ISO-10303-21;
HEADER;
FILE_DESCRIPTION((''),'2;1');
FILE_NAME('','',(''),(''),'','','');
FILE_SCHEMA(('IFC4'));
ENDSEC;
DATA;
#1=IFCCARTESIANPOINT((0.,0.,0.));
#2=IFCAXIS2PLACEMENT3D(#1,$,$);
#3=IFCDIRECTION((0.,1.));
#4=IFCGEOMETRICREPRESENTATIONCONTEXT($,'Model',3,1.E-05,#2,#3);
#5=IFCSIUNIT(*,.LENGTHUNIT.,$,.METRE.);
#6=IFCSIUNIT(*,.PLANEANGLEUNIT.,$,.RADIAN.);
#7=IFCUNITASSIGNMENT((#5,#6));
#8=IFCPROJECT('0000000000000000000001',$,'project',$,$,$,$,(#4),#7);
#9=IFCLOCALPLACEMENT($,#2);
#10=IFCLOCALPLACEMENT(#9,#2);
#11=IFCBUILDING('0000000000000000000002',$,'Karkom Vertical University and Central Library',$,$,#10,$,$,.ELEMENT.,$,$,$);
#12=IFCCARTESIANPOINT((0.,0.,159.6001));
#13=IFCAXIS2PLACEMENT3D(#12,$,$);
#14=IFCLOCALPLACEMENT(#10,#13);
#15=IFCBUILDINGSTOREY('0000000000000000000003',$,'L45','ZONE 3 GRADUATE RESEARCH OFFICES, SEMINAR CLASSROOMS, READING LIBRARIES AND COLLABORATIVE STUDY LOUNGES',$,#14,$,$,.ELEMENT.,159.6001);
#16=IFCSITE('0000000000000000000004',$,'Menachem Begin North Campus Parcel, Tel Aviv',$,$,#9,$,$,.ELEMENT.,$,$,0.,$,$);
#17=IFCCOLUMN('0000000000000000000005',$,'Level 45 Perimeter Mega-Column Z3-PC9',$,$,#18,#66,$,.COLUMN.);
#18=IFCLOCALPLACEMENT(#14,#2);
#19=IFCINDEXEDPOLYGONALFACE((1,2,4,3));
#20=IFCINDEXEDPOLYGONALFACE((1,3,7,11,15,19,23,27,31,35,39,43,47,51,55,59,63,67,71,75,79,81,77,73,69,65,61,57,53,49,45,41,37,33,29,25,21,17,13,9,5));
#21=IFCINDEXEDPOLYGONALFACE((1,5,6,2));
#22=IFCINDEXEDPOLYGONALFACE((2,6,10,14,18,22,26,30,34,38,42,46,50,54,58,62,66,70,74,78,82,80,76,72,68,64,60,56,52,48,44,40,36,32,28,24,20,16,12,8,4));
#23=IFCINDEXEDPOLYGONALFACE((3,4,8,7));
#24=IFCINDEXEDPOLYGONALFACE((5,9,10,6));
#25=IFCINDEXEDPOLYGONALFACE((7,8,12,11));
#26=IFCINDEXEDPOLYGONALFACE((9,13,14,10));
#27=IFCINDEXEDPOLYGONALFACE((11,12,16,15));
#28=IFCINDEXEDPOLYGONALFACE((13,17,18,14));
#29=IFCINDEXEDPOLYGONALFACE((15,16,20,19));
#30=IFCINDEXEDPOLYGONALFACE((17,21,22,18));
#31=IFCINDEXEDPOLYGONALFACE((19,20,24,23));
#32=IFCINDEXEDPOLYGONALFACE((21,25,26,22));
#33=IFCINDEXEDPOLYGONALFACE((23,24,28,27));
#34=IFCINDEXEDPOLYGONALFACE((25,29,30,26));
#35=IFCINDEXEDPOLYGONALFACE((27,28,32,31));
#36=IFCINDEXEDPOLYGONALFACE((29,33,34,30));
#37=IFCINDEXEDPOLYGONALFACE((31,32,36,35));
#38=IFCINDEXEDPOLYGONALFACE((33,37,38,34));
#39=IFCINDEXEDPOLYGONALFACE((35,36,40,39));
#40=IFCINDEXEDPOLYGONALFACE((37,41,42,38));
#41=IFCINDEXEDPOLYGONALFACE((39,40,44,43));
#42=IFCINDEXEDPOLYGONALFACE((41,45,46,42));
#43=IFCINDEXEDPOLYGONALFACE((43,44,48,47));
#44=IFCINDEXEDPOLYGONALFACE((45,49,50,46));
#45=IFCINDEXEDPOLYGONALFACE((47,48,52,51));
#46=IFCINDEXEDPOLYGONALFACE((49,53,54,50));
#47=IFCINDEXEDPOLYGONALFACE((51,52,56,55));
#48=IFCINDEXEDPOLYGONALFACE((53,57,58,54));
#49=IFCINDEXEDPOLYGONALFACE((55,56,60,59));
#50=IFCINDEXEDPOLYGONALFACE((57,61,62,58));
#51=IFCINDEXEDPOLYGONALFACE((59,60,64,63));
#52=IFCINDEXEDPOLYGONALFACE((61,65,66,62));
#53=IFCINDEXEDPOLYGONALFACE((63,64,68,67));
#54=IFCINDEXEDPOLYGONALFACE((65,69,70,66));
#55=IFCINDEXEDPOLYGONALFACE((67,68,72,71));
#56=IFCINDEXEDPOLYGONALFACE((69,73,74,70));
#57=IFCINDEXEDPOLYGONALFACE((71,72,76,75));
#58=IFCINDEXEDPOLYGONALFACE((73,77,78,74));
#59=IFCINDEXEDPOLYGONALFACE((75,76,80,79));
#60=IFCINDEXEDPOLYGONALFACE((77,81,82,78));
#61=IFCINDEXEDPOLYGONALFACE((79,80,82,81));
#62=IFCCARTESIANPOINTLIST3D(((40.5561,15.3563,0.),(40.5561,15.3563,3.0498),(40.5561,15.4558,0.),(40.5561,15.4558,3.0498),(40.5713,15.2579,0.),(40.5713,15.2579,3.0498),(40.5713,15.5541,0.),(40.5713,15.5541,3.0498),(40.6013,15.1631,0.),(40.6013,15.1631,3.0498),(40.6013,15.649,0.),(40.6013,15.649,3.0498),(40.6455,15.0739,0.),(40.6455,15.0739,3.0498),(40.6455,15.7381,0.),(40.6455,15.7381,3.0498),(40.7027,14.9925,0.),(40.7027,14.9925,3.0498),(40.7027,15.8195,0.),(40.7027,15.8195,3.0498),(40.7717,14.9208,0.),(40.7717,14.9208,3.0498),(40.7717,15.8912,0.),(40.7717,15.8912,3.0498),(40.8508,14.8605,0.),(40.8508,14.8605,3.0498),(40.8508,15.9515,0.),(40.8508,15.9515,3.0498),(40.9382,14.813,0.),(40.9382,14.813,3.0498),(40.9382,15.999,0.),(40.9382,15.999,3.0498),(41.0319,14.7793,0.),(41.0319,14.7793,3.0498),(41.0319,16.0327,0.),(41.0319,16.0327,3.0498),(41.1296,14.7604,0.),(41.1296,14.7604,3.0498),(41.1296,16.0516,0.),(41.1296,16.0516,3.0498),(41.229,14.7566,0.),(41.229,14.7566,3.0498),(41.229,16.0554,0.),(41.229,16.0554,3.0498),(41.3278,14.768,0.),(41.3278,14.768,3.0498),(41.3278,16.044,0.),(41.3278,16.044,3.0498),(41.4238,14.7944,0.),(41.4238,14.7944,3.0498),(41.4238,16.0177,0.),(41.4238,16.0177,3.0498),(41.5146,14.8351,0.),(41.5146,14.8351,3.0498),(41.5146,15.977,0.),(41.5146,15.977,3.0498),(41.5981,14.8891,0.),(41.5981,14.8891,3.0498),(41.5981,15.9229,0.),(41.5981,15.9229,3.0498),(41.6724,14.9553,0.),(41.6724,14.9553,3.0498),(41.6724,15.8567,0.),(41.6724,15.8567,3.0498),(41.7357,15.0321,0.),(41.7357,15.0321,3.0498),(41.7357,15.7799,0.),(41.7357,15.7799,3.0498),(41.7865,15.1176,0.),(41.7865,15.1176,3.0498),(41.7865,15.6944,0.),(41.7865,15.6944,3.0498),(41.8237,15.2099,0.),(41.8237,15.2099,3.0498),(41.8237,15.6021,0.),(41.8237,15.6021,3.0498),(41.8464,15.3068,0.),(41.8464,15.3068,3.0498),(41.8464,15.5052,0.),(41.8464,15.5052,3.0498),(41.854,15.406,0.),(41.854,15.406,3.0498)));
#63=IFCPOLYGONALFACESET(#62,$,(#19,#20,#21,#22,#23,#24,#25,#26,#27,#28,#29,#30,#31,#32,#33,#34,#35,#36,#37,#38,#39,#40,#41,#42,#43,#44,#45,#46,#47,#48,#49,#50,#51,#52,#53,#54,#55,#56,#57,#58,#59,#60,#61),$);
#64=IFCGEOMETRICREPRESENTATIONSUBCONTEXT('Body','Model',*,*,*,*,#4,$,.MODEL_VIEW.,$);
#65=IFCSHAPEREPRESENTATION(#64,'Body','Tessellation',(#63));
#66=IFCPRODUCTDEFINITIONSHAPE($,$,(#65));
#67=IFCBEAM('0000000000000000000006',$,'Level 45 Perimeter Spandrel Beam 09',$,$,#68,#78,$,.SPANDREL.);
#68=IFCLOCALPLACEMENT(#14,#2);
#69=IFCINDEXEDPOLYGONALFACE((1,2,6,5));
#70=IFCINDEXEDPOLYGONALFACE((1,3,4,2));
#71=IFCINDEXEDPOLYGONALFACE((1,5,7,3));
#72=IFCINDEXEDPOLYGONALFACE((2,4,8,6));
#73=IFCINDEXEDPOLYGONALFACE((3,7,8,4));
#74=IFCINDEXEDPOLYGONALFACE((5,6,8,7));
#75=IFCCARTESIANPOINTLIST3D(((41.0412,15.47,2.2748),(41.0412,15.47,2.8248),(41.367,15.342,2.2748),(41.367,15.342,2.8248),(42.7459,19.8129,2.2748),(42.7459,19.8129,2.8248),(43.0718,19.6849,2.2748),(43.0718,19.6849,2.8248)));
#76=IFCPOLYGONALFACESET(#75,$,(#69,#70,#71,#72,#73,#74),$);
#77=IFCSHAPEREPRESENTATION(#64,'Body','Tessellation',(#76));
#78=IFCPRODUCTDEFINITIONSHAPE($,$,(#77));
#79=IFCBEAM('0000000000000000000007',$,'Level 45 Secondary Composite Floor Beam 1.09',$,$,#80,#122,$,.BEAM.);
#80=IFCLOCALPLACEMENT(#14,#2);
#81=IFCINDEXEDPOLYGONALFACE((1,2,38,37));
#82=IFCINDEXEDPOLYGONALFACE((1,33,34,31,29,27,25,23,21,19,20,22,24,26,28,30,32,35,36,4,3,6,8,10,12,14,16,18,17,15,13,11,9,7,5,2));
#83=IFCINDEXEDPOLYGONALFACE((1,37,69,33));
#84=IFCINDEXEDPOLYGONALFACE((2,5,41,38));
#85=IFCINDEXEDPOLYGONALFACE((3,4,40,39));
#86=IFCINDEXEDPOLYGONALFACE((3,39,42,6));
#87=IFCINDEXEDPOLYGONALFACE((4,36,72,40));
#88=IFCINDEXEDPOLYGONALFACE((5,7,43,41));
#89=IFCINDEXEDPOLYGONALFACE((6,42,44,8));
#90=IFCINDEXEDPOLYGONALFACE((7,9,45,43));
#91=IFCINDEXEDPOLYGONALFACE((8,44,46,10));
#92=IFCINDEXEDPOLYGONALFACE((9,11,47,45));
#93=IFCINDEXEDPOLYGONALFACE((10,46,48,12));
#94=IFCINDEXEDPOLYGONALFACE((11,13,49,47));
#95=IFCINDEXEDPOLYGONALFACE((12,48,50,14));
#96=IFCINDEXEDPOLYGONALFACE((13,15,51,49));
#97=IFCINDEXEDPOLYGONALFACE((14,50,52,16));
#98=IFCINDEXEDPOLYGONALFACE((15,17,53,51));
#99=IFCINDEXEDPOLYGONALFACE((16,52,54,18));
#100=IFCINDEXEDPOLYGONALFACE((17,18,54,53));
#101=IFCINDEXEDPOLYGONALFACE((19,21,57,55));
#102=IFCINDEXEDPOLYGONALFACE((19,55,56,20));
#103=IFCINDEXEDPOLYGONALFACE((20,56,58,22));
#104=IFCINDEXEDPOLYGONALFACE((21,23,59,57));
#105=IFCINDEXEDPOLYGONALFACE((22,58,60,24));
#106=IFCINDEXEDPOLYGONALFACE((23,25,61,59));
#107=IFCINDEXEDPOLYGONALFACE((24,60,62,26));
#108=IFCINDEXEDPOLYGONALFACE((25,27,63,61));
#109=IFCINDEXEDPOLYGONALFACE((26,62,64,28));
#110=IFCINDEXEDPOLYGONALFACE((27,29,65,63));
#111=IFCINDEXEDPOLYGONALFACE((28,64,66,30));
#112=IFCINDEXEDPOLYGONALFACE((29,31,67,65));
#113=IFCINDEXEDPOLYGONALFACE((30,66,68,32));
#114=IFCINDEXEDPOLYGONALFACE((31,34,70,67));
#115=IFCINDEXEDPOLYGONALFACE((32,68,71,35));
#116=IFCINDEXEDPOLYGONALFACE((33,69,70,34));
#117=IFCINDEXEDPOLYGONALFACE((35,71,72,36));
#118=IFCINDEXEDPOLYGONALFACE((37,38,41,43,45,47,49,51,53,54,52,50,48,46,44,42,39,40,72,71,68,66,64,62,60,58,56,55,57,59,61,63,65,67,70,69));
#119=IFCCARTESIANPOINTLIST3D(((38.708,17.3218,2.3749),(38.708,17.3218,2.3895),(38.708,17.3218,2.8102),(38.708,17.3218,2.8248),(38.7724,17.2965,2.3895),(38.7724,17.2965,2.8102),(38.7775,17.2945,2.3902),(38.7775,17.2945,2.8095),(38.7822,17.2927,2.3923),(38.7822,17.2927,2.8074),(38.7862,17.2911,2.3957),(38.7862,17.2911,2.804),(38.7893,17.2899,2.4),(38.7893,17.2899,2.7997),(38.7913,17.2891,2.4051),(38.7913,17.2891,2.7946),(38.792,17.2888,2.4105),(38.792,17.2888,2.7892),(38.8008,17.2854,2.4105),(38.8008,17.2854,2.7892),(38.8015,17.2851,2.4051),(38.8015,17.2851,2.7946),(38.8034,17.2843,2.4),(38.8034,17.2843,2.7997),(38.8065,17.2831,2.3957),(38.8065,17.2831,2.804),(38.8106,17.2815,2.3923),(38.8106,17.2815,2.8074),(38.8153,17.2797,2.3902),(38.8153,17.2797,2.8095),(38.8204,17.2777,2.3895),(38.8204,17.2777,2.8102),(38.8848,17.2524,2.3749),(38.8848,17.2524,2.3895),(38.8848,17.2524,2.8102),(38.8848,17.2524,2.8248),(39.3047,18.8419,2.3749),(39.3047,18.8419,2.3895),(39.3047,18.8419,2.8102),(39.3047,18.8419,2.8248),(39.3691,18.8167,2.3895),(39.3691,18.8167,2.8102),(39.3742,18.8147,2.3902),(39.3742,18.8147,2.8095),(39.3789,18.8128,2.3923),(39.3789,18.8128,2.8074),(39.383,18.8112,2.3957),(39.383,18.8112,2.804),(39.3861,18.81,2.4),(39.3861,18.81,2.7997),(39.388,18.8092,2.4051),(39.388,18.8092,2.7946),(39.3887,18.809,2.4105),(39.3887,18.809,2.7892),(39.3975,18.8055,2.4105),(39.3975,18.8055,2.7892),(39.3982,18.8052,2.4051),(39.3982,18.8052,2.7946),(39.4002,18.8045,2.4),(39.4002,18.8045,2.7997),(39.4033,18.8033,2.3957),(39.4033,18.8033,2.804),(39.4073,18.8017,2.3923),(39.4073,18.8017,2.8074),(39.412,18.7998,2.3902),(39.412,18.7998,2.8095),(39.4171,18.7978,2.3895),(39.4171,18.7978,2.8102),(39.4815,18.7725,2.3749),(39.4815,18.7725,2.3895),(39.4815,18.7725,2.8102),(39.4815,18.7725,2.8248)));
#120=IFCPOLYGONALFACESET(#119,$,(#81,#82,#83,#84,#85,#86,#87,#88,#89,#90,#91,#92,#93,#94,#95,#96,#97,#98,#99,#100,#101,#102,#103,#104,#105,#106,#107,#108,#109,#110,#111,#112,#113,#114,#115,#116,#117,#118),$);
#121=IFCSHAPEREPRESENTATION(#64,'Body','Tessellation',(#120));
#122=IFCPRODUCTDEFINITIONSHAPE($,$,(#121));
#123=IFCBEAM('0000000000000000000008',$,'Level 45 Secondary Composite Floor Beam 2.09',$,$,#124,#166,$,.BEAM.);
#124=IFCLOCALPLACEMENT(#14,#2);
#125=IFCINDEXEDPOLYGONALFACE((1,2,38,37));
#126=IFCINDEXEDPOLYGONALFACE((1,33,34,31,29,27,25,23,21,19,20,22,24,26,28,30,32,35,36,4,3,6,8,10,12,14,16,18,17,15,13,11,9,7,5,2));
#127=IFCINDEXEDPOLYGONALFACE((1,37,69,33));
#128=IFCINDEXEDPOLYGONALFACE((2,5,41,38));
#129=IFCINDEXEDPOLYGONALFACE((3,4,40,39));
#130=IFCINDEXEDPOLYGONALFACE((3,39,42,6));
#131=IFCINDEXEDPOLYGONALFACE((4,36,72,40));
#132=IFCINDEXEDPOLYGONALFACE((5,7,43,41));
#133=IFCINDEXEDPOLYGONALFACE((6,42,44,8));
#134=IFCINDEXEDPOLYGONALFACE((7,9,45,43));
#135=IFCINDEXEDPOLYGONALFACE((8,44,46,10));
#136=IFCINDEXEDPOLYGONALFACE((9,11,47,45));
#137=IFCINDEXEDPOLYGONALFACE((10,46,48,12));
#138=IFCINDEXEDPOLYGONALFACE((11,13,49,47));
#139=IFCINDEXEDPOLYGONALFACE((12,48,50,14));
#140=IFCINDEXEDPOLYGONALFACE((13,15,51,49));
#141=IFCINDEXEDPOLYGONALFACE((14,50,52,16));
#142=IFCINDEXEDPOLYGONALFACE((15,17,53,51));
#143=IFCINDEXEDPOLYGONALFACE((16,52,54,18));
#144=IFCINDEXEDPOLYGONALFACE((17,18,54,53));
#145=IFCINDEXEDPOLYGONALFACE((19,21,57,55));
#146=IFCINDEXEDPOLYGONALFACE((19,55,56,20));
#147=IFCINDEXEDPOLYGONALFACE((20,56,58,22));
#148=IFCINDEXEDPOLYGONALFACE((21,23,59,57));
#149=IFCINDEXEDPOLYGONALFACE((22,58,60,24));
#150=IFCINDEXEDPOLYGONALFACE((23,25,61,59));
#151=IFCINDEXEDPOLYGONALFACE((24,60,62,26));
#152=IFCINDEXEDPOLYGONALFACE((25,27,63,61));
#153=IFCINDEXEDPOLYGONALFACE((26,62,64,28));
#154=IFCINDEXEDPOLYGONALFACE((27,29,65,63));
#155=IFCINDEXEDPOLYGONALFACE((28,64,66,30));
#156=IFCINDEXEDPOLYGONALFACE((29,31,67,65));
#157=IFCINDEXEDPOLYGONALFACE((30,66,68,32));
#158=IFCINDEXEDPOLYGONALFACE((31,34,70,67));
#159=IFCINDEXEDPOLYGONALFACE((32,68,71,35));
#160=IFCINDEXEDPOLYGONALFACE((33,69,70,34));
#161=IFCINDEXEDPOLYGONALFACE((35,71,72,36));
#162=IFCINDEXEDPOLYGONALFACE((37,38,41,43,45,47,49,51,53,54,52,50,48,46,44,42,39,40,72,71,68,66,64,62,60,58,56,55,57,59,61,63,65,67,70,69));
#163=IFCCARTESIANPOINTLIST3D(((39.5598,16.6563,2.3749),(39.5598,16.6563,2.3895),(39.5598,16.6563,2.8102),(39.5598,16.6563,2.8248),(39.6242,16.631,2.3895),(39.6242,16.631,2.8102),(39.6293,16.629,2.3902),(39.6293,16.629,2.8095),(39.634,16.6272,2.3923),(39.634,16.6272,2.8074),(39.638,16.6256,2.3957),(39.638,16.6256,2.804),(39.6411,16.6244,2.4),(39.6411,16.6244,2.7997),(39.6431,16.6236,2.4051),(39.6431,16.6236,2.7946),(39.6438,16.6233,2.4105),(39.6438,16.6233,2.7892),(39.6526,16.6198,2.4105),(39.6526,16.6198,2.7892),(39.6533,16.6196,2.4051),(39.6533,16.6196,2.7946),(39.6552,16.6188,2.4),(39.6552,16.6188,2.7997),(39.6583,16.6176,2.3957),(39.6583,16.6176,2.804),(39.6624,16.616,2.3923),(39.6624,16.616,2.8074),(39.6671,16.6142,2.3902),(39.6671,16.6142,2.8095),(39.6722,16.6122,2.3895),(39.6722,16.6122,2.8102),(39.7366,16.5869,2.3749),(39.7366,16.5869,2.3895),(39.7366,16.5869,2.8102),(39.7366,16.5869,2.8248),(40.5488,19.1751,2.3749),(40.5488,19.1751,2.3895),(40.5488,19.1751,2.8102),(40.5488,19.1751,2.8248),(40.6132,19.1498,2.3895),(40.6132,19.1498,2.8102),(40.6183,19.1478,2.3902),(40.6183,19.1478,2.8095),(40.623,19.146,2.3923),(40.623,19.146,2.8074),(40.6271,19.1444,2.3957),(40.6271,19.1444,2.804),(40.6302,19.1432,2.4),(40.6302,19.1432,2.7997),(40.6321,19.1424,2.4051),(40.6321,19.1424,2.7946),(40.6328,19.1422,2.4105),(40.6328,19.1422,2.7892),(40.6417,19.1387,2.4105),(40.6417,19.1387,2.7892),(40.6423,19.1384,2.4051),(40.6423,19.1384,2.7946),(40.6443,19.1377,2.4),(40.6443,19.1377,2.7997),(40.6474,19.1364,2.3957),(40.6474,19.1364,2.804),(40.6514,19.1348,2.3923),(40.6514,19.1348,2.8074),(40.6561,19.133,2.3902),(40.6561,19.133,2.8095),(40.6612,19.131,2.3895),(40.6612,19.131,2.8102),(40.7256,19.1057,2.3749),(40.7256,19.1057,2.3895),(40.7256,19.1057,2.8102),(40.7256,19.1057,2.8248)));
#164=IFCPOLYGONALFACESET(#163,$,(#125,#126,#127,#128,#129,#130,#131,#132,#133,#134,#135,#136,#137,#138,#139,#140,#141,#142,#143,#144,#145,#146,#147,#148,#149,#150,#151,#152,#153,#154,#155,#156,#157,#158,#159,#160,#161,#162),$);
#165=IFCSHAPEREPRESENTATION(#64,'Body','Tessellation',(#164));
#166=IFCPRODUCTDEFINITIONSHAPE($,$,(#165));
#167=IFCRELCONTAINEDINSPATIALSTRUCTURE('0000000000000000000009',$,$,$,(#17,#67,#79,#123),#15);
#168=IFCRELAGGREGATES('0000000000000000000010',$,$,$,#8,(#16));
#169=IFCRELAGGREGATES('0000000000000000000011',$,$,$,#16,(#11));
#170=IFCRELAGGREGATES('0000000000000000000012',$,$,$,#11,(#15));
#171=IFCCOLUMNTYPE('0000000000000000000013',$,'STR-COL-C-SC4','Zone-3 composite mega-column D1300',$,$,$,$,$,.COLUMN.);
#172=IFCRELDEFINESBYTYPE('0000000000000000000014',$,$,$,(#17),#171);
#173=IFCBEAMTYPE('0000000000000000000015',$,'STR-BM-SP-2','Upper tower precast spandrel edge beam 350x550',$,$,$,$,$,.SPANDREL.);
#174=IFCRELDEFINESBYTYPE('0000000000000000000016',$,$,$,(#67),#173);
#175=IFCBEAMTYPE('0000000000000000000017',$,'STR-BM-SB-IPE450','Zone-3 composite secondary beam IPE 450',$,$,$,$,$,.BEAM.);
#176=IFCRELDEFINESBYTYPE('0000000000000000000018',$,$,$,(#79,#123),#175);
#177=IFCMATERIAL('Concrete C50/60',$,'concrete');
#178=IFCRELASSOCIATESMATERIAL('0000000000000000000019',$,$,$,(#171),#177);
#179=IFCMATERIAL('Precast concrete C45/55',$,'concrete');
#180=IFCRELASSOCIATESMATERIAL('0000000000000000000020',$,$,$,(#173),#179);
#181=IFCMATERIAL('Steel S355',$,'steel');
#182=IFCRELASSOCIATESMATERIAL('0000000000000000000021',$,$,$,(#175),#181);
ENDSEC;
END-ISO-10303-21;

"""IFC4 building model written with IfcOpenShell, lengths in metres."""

from ifc_helpers import new_model, si_unit, direction, frame, origin, origin_with_axes, origin_2d, place, context, subcontext, project, spatial, rectangle, circle, i_section, extrude, source, transform, mapped, material, material_profile, profile_set, type_object, element, save


model = new_model("IFC4")

# Units and contexts
model_context = context("Model", 3, precision=1e-05, world=origin(), true_north=direction((0.0, 1.0)))
body_context = subcontext(model_context, "Body", "Model", "MODEL_VIEW")
ifc_project = project(units=[si_unit("LENGTHUNIT", "METRE"), si_unit("PLANEANGLEUNIT", "RADIAN")], contexts=[model_context])

# Site, building, storey
site_placement = place(None, origin())
site = spatial("IfcSite", under=ifc_project, at=site_placement, Name="Menachem Begin North Campus Parcel, Tel Aviv", CompositionType="ELEMENT", RefElevation=0.0)
building_placement = place(site_placement, origin())
building = spatial("IfcBuilding", under=site, at=building_placement, Name="Karkom Vertical University and Central Library", CompositionType="ELEMENT")
storey_placement = place(building_placement, frame((0.0, 0.0, 159.6001)))
storey = spatial("IfcBuildingStorey", under=building, at=storey_placement, Name="L45", Description="ZONE 3 GRADUATE RESEARCH OFFICES, SEMINAR CLASSROOMS, READING LIBRARIES AND COLLABORATIVE STUDY LOUNGES", CompositionType="ELEMENT", Elevation=159.6001)

# Column
ifc_material_1 = material(Name="Concrete C50/60", Category="concrete")
ifc_material_profile_1 = material_profile(ifc_material_1, circle(Radius=0.6499, at=origin_2d()), Name="CFT-D1300")
ifc_profile_set_1 = profile_set([ifc_material_profile_1], Name="Concrete C50/60")
column_type = type_object("IfcColumnType", Name="STR-COL-C-SC4", Description="Zone-3 composite mega-column D1300", PredefinedType="COLUMN", material=ifc_profile_set_1)
shared_shape_1 = source(origin_with_axes(), body_context, "Body", "SweptSolid", [
    extrude(circle(Radius=0.6499, at=origin_2d()), origin(), (0.0, 0.0, 1.0), 3.0498),
])
column_placement = place(storey_placement, frame((41.2041, 15.406, 0.0), z_axis=(0.0, 0.0, 1.0), x_axis=(1.0, 0.0, 0.0)))
element("IfcColumn", 1, at=column_placement, inside=storey, type_object=column_type, Name="Level 45 Perimeter Mega-Column Z3-PC9", PredefinedType="COLUMN", context=body_context, shape_type="MappedRepresentation", body=[
    mapped(shared_shape_1, transform((0.0, 0.0, 0.0), scale=1.0)),
])

# Beams
ifc_material_2 = material(Name="Precast concrete C45/55", Category="concrete")
ifc_material_profile_2 = material_profile(ifc_material_2, rectangle(XDim=0.3501, YDim=0.55, at=origin_2d()), Name="SPB-350x550")
ifc_profile_set_2 = profile_set([ifc_material_profile_2], Name="Precast concrete C45/55")
beam_type_1 = type_object("IfcBeamType", Name="STR-BM-SP-2", Description="Upper tower precast spandrel edge beam 350x550", PredefinedType="SPANDREL", material=ifc_profile_set_2)
shared_shape_2 = source(origin_with_axes(), body_context, "Body", "SweptSolid", [
    extrude(rectangle(XDim=0.3501, YDim=0.55, at=origin_2d()), origin(), (0.0, 0.0, 1.0), 4.6655),
])
beam_1_placement = place(storey_placement, frame((41.2041, 15.406, 2.5498), z_axis=(0.365401, 0.93085, 0.0), x_axis=(-0.93085, 0.365401, 0.0)))
element("IfcBeam", 2, at=beam_1_placement, inside=storey, type_object=beam_type_1, Name="Level 45 Perimeter Spandrel Beam 09", PredefinedType="SPANDREL", context=body_context, shape_type="MappedRepresentation", body=[
    mapped(shared_shape_2, transform((0.0, 0.0, 0.0), scale=1.0)),
])
ifc_material_3 = material(Name="Steel S355", Category="steel")
ifc_material_profile_3 = material_profile(ifc_material_3, i_section(OverallWidth=0.1899, OverallDepth=0.45, WebThickness=0.0095, FlangeThickness=0.0146, FilletRadius=0.021, at=origin_2d()), Name="IPE 450")
ifc_profile_set_3 = profile_set([ifc_material_profile_3], Name="Steel S355")
beam_type_2 = type_object("IfcBeamType", Name="STR-BM-SB-IPE450", Description="Zone-3 composite secondary beam IPE 450", PredefinedType="BEAM", material=ifc_profile_set_3)
shared_shape_3 = source(origin_with_axes(), body_context, "Body", "SweptSolid", [
    extrude(i_section(OverallWidth=0.1899, OverallDepth=0.45, WebThickness=0.0095, FlangeThickness=0.0146, FilletRadius=0.021, at=origin_2d()), origin(), (0.0, 0.0, 1.0), 1.6331),
])
beam_2_placement = place(storey_placement, frame((38.7964, 17.2871, 2.5999), z_axis=(0.365403, 0.93085, 0.0), x_axis=(-0.93085, 0.365403, 0.0)))
element("IfcBeam", 3, at=beam_2_placement, inside=storey, type_object=beam_type_2, Name="Level 45 Secondary Composite Floor Beam 1.09", PredefinedType="BEAM", context=body_context, shape_type="MappedRepresentation", body=[
    mapped(shared_shape_3, transform((0.0, 0.0, 0.0), scale=1.0)),
])
shared_shape_4 = source(origin_with_axes(), body_context, "Body", "SweptSolid", [
    extrude(i_section(OverallWidth=0.1899, OverallDepth=0.45, WebThickness=0.0095, FlangeThickness=0.0146, FilletRadius=0.021, at=origin_2d()), origin(), (0.0, 0.0, 1.0), 2.7061),
])
beam_3_placement = place(storey_placement, frame((39.6482, 16.6216, 2.5999), z_axis=(0.365488, 0.930816, 0.0), x_axis=(-0.930816, 0.365488, 0.0)))
element("IfcBeam", 4, at=beam_3_placement, inside=storey, type_object=beam_type_2, Name="Level 45 Secondary Composite Floor Beam 2.09", PredefinedType="BEAM", context=body_context, shape_type="MappedRepresentation", body=[
    mapped(shared_shape_4, transform((0.0, 0.0, 0.0), scale=1.0)),
])

save(model, "model.ifc")
